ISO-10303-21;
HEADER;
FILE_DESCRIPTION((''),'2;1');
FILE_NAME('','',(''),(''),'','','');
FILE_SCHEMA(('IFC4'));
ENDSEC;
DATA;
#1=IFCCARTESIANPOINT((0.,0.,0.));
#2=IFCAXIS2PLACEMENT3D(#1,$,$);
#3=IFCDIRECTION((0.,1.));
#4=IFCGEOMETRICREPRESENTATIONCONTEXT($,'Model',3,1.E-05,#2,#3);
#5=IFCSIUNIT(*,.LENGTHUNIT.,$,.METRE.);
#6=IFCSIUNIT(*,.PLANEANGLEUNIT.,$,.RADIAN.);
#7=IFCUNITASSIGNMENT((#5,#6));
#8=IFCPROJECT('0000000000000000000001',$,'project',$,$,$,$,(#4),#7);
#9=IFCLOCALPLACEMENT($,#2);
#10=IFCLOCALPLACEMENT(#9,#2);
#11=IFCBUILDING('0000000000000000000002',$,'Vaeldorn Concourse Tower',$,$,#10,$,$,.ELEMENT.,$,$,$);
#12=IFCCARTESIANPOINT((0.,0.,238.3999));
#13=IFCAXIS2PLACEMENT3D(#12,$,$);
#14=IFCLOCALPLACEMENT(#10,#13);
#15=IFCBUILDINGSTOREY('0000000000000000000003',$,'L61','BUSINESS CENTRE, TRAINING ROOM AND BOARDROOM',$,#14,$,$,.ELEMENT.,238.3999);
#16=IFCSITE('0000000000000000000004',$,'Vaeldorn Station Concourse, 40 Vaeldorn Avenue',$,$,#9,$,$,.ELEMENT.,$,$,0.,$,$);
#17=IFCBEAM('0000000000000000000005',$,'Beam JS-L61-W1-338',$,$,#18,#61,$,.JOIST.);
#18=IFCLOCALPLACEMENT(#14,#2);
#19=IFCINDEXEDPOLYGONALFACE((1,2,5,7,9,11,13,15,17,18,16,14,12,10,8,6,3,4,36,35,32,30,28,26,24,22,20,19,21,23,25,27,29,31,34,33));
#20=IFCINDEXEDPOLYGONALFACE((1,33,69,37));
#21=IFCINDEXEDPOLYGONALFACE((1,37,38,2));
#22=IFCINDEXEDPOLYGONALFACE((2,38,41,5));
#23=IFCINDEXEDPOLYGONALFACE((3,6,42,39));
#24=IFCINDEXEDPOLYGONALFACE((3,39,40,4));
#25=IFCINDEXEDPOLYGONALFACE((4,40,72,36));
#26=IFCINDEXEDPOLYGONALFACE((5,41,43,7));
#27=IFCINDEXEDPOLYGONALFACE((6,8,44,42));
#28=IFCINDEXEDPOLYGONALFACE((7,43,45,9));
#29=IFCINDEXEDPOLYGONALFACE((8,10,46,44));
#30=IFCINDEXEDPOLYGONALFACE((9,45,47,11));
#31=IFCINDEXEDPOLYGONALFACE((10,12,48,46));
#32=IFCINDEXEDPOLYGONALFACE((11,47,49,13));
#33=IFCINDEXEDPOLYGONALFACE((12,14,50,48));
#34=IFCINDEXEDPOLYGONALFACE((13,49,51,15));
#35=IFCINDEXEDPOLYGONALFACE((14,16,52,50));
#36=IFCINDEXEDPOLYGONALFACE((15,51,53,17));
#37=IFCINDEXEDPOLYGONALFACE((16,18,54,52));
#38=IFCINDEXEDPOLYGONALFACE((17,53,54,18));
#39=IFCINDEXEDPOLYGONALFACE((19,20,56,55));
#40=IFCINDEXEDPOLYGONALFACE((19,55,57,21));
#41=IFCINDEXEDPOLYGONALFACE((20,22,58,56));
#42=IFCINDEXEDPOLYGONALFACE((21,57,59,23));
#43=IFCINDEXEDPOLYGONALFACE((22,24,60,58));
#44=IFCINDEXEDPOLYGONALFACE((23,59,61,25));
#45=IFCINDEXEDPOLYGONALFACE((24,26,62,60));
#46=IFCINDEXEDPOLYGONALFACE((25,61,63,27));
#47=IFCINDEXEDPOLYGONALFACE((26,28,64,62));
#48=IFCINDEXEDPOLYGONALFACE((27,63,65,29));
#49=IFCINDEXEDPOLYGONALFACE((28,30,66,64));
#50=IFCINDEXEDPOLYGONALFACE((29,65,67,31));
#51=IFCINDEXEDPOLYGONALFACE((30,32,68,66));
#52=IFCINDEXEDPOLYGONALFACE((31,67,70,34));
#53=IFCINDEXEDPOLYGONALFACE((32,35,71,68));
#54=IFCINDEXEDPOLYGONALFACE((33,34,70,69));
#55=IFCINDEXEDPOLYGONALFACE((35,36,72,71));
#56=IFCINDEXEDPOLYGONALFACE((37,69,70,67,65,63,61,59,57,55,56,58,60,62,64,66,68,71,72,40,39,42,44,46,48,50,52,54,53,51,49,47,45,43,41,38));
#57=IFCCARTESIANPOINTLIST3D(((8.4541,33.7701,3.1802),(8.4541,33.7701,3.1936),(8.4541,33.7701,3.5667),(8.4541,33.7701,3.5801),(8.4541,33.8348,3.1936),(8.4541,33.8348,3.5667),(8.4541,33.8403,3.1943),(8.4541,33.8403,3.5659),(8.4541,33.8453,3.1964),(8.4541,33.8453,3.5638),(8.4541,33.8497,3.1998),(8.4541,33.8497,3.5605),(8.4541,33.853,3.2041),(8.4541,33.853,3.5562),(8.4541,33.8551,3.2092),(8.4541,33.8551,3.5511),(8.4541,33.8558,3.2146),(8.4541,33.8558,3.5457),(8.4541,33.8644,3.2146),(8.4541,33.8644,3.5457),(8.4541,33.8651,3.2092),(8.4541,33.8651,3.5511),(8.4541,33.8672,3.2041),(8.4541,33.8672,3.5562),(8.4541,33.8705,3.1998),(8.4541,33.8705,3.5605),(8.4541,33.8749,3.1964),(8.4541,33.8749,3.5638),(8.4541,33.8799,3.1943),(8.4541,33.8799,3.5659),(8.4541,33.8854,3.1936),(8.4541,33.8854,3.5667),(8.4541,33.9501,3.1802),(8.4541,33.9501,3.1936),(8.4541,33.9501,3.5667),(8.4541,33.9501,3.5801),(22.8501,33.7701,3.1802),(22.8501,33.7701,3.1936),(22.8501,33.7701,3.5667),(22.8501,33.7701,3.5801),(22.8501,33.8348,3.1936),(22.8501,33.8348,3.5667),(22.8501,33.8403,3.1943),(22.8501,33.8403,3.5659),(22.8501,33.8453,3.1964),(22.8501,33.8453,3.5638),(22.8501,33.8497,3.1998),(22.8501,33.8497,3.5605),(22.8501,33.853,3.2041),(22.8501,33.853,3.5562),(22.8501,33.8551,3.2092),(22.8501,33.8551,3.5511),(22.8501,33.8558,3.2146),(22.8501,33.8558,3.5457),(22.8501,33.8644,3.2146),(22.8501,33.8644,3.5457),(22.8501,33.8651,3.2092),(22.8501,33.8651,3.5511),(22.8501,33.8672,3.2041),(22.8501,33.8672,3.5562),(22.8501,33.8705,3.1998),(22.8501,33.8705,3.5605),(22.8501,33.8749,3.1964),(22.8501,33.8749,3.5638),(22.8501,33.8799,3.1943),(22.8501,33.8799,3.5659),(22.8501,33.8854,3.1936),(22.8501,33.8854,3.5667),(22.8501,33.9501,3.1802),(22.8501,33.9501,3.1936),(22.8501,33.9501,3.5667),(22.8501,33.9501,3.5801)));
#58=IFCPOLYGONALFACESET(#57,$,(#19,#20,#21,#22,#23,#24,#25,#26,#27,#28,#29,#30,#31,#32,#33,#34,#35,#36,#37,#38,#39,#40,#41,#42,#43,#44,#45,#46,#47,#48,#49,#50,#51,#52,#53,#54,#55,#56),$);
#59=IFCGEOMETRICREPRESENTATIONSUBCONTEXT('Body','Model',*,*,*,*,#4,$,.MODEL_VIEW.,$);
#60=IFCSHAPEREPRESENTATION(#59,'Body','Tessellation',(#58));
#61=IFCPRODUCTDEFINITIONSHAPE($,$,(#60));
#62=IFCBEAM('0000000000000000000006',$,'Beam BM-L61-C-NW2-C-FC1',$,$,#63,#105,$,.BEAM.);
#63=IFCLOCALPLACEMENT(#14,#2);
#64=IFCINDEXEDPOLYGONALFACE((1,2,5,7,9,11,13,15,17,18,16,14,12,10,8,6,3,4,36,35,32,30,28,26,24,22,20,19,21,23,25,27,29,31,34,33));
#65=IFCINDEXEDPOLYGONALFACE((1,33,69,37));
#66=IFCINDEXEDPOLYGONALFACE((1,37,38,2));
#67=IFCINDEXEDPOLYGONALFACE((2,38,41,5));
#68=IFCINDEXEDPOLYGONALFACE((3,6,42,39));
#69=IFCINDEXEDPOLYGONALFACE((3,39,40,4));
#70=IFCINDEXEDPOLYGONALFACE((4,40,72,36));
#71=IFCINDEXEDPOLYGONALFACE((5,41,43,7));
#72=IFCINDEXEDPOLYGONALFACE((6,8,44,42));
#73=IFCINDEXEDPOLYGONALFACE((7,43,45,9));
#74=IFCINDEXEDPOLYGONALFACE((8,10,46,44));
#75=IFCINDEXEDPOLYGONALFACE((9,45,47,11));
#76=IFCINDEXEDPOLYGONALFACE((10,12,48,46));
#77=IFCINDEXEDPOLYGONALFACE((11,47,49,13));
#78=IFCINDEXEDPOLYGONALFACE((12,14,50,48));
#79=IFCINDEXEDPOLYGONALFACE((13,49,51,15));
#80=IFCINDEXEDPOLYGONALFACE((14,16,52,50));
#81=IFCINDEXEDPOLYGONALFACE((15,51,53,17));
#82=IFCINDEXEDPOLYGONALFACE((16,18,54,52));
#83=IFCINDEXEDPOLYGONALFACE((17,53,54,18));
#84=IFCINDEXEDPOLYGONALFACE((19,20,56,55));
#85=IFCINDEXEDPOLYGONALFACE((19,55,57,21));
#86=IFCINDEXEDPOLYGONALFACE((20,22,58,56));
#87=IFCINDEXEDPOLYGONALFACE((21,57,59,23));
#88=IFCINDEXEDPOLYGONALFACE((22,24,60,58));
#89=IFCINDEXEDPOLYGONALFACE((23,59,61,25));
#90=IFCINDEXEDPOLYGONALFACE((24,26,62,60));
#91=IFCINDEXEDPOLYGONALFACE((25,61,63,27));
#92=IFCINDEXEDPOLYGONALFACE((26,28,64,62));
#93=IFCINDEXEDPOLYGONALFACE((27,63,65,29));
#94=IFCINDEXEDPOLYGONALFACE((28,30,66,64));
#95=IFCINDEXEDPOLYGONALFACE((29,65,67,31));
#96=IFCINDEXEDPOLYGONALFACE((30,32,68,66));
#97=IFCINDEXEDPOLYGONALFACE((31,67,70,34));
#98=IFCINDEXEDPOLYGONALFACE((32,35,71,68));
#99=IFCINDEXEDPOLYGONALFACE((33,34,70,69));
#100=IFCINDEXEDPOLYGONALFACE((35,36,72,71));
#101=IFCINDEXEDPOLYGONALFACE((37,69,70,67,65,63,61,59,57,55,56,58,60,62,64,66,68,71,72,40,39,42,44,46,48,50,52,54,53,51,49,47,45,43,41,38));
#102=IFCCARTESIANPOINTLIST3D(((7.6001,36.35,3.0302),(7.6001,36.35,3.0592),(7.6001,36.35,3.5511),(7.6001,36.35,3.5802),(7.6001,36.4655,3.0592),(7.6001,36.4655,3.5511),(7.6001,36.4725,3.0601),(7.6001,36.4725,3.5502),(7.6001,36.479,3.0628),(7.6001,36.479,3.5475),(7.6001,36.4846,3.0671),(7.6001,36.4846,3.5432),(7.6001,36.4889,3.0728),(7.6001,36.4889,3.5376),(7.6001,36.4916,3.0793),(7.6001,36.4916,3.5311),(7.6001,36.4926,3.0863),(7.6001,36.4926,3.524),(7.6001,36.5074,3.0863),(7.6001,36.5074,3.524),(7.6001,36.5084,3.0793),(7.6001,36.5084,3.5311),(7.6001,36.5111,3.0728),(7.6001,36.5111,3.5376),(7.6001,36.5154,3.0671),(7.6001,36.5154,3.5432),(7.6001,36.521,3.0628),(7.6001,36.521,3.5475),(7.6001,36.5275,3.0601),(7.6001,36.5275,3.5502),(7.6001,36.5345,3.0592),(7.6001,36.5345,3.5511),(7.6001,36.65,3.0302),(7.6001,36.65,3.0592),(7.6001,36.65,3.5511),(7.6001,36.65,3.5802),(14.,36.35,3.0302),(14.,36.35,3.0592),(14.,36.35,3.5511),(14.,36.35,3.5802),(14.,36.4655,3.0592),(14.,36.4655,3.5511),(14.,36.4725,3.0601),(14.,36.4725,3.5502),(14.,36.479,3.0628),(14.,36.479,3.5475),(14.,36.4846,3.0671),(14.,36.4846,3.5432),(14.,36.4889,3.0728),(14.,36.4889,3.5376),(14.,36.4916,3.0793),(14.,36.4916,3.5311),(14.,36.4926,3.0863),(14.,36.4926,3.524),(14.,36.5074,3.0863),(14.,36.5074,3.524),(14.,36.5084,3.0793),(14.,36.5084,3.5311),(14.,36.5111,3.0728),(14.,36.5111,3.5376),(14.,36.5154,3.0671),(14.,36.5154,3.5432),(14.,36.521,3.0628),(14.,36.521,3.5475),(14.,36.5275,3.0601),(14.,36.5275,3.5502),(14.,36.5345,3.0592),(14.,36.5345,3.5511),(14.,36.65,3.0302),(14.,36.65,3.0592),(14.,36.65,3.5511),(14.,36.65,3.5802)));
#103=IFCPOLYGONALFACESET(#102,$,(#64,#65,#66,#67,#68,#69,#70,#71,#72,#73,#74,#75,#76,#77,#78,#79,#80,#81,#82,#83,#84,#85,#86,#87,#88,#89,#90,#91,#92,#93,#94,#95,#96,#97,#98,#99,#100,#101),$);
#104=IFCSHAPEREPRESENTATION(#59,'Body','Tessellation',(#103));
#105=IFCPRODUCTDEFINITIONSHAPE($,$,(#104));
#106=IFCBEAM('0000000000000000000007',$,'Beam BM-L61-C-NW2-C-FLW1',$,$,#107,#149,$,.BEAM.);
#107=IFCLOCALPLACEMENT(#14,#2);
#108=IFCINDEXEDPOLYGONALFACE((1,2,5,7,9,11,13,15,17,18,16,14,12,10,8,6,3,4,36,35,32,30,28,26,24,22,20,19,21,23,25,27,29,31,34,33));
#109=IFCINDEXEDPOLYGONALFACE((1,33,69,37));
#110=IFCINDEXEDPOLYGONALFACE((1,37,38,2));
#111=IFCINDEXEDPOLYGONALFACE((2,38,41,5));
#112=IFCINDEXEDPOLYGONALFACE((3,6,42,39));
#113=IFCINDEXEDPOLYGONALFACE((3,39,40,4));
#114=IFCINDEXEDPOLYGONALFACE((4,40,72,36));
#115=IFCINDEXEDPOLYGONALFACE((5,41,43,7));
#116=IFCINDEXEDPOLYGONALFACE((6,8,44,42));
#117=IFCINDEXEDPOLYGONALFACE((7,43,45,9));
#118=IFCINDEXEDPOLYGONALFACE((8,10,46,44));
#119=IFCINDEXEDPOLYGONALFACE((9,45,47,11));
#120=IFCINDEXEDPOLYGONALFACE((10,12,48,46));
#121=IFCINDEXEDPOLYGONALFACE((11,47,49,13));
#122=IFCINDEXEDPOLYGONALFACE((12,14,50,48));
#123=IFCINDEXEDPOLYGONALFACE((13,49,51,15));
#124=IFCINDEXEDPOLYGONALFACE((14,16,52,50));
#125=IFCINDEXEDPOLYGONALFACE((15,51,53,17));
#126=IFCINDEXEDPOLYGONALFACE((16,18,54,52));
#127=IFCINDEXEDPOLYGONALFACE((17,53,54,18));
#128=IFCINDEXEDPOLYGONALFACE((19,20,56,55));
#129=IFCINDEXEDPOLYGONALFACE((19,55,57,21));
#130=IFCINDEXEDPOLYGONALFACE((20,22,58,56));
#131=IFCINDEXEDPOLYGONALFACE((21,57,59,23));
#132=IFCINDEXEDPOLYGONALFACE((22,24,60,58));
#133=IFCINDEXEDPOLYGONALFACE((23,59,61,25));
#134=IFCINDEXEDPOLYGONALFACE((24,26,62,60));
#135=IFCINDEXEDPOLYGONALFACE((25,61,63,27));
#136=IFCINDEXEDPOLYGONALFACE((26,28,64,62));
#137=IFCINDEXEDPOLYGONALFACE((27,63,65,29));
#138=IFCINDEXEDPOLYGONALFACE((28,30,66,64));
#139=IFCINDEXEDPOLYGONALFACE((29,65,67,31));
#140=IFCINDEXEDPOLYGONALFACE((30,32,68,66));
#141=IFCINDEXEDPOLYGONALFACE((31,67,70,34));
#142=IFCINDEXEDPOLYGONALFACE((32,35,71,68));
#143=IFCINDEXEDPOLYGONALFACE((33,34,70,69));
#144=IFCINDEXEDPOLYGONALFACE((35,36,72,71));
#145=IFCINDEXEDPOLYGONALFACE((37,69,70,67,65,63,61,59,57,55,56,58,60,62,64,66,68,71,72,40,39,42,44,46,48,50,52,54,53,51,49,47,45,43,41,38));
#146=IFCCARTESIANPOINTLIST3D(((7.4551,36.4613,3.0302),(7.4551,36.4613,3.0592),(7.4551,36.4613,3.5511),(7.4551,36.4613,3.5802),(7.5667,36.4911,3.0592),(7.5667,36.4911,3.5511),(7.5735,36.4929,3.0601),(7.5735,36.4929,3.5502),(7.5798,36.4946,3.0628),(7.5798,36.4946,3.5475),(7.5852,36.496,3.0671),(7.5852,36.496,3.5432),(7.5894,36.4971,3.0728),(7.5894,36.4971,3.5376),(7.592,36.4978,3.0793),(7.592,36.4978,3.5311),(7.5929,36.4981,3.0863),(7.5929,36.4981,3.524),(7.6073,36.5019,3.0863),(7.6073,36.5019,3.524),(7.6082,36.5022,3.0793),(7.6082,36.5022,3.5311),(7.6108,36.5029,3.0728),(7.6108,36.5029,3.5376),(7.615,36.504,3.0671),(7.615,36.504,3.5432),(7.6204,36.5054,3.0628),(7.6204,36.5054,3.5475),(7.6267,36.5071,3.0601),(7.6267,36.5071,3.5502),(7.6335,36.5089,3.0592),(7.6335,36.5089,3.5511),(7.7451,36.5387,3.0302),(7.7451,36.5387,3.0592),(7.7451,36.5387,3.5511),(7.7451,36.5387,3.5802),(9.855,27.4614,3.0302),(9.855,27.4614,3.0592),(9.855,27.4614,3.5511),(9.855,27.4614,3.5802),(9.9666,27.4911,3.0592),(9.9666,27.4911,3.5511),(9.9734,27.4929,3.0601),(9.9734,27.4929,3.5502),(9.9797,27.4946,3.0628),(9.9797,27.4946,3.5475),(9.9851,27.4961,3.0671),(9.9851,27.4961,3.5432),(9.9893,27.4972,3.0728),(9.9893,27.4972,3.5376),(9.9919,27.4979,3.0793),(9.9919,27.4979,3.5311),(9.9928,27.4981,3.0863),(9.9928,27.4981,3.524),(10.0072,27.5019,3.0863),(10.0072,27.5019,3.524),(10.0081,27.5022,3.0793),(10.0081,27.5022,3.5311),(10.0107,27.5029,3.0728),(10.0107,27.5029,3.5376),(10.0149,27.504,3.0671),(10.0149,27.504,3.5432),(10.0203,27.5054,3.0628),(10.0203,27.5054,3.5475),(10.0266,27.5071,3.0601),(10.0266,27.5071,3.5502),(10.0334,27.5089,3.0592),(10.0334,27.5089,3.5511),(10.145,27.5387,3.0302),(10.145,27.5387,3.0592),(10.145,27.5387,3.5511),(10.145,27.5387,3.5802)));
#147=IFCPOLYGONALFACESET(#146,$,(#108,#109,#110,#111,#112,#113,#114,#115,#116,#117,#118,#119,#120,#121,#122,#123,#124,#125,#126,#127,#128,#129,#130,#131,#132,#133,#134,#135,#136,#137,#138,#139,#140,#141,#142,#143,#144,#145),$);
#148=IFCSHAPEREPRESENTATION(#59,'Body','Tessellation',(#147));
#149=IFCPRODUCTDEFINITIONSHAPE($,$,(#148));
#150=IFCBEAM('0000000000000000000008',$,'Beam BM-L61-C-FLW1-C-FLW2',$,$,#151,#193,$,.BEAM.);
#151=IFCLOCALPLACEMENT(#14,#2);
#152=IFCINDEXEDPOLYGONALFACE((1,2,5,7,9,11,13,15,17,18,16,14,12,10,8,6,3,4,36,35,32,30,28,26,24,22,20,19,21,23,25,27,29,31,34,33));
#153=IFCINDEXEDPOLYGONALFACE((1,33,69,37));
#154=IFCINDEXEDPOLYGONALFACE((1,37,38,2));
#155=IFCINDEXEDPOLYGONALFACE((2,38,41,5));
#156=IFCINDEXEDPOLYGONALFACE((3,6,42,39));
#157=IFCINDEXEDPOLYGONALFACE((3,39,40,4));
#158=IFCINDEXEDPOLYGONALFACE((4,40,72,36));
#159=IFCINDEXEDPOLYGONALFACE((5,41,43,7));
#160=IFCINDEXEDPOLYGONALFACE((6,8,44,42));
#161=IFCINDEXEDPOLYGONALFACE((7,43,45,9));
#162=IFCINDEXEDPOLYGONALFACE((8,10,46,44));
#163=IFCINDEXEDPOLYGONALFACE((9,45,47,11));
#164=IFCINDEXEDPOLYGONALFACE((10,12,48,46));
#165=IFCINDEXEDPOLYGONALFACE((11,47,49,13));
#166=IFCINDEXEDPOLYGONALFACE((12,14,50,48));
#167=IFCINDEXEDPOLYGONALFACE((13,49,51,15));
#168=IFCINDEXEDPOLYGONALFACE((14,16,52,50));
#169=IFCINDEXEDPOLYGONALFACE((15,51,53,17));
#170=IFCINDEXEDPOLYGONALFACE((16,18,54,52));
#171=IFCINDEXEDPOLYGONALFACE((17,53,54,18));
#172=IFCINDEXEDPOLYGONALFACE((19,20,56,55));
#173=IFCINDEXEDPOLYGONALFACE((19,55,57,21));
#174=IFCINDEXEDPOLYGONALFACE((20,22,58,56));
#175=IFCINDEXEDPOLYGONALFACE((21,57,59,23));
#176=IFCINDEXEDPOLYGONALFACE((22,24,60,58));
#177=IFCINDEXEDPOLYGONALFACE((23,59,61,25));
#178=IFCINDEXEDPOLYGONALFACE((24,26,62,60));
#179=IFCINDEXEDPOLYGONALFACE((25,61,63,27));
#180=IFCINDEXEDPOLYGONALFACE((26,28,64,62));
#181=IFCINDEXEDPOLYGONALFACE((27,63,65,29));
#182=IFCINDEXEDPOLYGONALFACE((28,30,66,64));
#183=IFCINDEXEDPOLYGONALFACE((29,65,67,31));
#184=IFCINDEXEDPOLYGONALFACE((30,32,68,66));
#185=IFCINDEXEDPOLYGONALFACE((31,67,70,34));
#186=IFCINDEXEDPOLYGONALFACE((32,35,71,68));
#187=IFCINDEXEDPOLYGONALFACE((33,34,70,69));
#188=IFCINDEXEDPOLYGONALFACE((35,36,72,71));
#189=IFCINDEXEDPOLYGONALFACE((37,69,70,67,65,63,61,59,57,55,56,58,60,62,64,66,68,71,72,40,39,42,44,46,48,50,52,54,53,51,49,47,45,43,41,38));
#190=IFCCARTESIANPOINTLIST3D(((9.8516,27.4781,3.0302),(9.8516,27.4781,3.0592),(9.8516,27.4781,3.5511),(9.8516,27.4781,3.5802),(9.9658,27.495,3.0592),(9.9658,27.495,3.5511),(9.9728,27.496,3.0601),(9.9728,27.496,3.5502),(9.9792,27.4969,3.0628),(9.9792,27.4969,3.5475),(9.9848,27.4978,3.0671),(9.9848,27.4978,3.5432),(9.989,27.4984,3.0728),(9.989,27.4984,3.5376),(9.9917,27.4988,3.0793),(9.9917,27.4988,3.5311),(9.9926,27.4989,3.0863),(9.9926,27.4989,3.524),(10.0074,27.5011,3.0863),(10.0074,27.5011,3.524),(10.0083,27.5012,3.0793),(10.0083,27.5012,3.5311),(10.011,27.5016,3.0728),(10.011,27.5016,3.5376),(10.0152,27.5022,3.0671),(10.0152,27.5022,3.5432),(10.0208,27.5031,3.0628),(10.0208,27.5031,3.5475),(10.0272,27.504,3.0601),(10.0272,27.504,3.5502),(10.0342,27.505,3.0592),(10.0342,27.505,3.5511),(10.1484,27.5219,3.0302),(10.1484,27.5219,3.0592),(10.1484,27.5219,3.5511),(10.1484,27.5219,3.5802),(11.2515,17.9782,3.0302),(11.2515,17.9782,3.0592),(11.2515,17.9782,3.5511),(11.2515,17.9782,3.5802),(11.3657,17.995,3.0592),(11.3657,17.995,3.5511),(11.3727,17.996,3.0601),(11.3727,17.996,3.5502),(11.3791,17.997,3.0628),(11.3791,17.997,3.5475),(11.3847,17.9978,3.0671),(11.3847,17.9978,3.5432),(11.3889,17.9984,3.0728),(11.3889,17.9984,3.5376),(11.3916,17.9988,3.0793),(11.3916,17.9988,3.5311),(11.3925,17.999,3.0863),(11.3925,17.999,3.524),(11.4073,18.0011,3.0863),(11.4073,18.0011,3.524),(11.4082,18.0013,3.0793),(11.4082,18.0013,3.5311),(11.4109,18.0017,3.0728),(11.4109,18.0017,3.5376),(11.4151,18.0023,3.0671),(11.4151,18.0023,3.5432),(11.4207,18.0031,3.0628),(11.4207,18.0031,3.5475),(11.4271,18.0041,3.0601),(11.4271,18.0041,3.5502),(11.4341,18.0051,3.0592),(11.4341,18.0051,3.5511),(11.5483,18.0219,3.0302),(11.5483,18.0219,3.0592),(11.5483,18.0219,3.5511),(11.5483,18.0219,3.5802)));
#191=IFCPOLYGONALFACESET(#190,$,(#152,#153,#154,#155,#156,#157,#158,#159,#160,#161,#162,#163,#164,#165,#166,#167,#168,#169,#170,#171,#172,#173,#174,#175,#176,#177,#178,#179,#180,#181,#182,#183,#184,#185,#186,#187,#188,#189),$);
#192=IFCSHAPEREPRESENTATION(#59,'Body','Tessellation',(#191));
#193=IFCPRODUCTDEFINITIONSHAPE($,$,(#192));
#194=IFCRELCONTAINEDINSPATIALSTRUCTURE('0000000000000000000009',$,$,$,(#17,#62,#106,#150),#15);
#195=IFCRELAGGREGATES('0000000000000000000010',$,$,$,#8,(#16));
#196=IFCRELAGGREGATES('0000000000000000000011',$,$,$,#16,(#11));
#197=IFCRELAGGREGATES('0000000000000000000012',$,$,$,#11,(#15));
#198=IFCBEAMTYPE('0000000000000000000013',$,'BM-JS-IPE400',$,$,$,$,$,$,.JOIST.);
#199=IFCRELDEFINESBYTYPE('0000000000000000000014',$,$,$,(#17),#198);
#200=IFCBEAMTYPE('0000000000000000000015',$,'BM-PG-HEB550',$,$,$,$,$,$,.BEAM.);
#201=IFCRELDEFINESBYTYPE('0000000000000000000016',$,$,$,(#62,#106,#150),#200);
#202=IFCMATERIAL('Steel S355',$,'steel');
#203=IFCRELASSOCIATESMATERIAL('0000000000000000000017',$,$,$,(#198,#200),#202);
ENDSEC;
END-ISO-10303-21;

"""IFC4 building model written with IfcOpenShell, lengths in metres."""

from ifc_helpers import new_model, si_unit, direction, frame, origin, origin_2d, place, context, subcontext, project, spatial, i_section, extrude, source, transform, mapped, material, material_profile, profile_set, type_object, element, save


model = new_model("IFC4")

# Units and contexts
model_context = context("Model", 3, precision=1e-05, world=origin(), true_north=direction((0.0, 1.0)))
body_context = subcontext(model_context, "Body", "Model", "MODEL_VIEW")
ifc_project = project(units=[si_unit("LENGTHUNIT", "METRE"), si_unit("PLANEANGLEUNIT", "RADIAN")], contexts=[model_context])

# Site, building, storey
site_placement = place(None, origin())
site = spatial("IfcSite", under=ifc_project, at=site_placement, Name="Vaeldorn Station Concourse, 40 Vaeldorn Avenue", CompositionType="ELEMENT", RefElevation=0.0)
building_placement = place(site_placement, origin())
building = spatial("IfcBuilding", under=site, at=building_placement, Name="Vaeldorn Concourse Tower", CompositionType="ELEMENT")
storey_placement = place(building_placement, frame((0.0, 0.0, 238.3999)))
storey = spatial("IfcBuildingStorey", under=building, at=storey_placement, Name="L61", Description="BUSINESS CENTRE, TRAINING ROOM AND BOARDROOM", CompositionType="ELEMENT", Elevation=238.3999)

# Shared definitions
ifc_material_1 = material(Name="Steel S355", Category="steel")

# Beams
ifc_material_profile_1 = material_profile(ifc_material_1, i_section(OverallWidth=0.1799, OverallDepth=0.3999, WebThickness=0.0085, FlangeThickness=0.0134, FilletRadius=0.021, at=origin_2d()), Name="IPE 400")
ifc_profile_set_1 = profile_set([ifc_material_profile_1], Name="Steel S355")
beam_type_1 = type_object("IfcBeamType", Name="BM-JS-IPE400", PredefinedType="JOIST", material=ifc_profile_set_1)
shared_shape_1 = source(origin(), body_context, "Body", "SweptSolid", [
    extrude(i_section(OverallWidth=0.1799, OverallDepth=0.3999, WebThickness=0.0085, FlangeThickness=0.0134, FilletRadius=0.021, at=origin_2d()), origin(), (0.0, 0.0, 1.0), 14.396),
])
beam_1_placement = place(storey_placement, frame((8.4541, 33.8601, 3.3801), z_axis=(1.0, 0.0, 0.0), x_axis=(0.0, 1.0, 0.0)))
element("IfcBeam", 1, at=beam_1_placement, inside=storey, type_object=beam_type_1, Name="Beam JS-L61-W1-338", PredefinedType="JOIST", context=body_context, shape_type="MappedRepresentation", body=[
    mapped(shared_shape_1, transform((0.0, 0.0, 0.0), scale=1.0)),
])
ifc_material_profile_2 = material_profile(ifc_material_1, i_section(OverallWidth=0.3, OverallDepth=0.55, WebThickness=0.0149, FlangeThickness=0.0291, FilletRadius=0.0271, at=origin_2d()), Name="HEB 550")
ifc_profile_set_2 = profile_set([ifc_material_profile_2], Name="Steel S355")
beam_type_2 = type_object("IfcBeamType", Name="BM-PG-HEB550", PredefinedType="BEAM", material=ifc_profile_set_2)
shared_shape_2 = source(origin(), body_context, "Body", "SweptSolid", [
    extrude(i_section(OverallWidth=0.3, OverallDepth=0.55, WebThickness=0.0149, FlangeThickness=0.0291, FilletRadius=0.0271, at=origin_2d()), origin(), (0.0, 0.0, 1.0), 6.3999),
])
beam_2_placement = place(storey_placement, frame((7.6001, 36.5, 3.3052), z_axis=(1.0, 0.0, 0.0), x_axis=(0.0, 1.0, 0.0)))
element("IfcBeam", 2, at=beam_2_placement, inside=storey, type_object=beam_type_2, Name="Beam BM-L61-C-NW2-C-FC1", PredefinedType="BEAM", context=body_context, shape_type="MappedRepresentation", body=[
    mapped(shared_shape_2, transform((0.0, 0.0, 0.0), scale=1.0)),
])
shared_shape_3 = source(origin(), body_context, "Body", "SweptSolid", [
    extrude(i_section(OverallWidth=0.3, OverallDepth=0.55, WebThickness=0.0149, FlangeThickness=0.0291, FilletRadius=0.0271, at=origin_2d()), origin(), (0.0, 0.0, 1.0), 9.3145),
])
beam_3_placement = place(storey_placement, frame((7.6001, 36.5, 3.3052), z_axis=(0.257653, -0.966238, 0.0), x_axis=(0.966238, 0.257653, 0.0)))
element("IfcBeam", 3, at=beam_3_placement, inside=storey, type_object=beam_type_2, Name="Beam BM-L61-C-NW2-C-FLW1", PredefinedType="BEAM", context=body_context, shape_type="MappedRepresentation", body=[
    mapped(shared_shape_3, transform((0.0, 0.0, 0.0), scale=1.0)),
])
shared_shape_4 = source(origin(), body_context, "Body", "SweptSolid", [
    extrude(i_section(OverallWidth=0.3, OverallDepth=0.55, WebThickness=0.0149, FlangeThickness=0.0291, FilletRadius=0.0271, at=origin_2d()), origin(), (0.0, 0.0, 1.0), 9.6025),
])
beam_4_placement = place(storey_placement, frame((10.0, 27.5, 3.3052), z_axis=(0.145784, -0.989316, 0.0), x_axis=(0.989316, 0.145784, 0.0)))
element("IfcBeam", 4, at=beam_4_placement, inside=storey, type_object=beam_type_2, Name="Beam BM-L61-C-FLW1-C-FLW2", PredefinedType="BEAM", context=body_context, shape_type="MappedRepresentation", body=[
    mapped(shared_shape_4, transform((0.0, 0.0, 0.0), scale=1.0)),
])

save(model, "model.ifc")
